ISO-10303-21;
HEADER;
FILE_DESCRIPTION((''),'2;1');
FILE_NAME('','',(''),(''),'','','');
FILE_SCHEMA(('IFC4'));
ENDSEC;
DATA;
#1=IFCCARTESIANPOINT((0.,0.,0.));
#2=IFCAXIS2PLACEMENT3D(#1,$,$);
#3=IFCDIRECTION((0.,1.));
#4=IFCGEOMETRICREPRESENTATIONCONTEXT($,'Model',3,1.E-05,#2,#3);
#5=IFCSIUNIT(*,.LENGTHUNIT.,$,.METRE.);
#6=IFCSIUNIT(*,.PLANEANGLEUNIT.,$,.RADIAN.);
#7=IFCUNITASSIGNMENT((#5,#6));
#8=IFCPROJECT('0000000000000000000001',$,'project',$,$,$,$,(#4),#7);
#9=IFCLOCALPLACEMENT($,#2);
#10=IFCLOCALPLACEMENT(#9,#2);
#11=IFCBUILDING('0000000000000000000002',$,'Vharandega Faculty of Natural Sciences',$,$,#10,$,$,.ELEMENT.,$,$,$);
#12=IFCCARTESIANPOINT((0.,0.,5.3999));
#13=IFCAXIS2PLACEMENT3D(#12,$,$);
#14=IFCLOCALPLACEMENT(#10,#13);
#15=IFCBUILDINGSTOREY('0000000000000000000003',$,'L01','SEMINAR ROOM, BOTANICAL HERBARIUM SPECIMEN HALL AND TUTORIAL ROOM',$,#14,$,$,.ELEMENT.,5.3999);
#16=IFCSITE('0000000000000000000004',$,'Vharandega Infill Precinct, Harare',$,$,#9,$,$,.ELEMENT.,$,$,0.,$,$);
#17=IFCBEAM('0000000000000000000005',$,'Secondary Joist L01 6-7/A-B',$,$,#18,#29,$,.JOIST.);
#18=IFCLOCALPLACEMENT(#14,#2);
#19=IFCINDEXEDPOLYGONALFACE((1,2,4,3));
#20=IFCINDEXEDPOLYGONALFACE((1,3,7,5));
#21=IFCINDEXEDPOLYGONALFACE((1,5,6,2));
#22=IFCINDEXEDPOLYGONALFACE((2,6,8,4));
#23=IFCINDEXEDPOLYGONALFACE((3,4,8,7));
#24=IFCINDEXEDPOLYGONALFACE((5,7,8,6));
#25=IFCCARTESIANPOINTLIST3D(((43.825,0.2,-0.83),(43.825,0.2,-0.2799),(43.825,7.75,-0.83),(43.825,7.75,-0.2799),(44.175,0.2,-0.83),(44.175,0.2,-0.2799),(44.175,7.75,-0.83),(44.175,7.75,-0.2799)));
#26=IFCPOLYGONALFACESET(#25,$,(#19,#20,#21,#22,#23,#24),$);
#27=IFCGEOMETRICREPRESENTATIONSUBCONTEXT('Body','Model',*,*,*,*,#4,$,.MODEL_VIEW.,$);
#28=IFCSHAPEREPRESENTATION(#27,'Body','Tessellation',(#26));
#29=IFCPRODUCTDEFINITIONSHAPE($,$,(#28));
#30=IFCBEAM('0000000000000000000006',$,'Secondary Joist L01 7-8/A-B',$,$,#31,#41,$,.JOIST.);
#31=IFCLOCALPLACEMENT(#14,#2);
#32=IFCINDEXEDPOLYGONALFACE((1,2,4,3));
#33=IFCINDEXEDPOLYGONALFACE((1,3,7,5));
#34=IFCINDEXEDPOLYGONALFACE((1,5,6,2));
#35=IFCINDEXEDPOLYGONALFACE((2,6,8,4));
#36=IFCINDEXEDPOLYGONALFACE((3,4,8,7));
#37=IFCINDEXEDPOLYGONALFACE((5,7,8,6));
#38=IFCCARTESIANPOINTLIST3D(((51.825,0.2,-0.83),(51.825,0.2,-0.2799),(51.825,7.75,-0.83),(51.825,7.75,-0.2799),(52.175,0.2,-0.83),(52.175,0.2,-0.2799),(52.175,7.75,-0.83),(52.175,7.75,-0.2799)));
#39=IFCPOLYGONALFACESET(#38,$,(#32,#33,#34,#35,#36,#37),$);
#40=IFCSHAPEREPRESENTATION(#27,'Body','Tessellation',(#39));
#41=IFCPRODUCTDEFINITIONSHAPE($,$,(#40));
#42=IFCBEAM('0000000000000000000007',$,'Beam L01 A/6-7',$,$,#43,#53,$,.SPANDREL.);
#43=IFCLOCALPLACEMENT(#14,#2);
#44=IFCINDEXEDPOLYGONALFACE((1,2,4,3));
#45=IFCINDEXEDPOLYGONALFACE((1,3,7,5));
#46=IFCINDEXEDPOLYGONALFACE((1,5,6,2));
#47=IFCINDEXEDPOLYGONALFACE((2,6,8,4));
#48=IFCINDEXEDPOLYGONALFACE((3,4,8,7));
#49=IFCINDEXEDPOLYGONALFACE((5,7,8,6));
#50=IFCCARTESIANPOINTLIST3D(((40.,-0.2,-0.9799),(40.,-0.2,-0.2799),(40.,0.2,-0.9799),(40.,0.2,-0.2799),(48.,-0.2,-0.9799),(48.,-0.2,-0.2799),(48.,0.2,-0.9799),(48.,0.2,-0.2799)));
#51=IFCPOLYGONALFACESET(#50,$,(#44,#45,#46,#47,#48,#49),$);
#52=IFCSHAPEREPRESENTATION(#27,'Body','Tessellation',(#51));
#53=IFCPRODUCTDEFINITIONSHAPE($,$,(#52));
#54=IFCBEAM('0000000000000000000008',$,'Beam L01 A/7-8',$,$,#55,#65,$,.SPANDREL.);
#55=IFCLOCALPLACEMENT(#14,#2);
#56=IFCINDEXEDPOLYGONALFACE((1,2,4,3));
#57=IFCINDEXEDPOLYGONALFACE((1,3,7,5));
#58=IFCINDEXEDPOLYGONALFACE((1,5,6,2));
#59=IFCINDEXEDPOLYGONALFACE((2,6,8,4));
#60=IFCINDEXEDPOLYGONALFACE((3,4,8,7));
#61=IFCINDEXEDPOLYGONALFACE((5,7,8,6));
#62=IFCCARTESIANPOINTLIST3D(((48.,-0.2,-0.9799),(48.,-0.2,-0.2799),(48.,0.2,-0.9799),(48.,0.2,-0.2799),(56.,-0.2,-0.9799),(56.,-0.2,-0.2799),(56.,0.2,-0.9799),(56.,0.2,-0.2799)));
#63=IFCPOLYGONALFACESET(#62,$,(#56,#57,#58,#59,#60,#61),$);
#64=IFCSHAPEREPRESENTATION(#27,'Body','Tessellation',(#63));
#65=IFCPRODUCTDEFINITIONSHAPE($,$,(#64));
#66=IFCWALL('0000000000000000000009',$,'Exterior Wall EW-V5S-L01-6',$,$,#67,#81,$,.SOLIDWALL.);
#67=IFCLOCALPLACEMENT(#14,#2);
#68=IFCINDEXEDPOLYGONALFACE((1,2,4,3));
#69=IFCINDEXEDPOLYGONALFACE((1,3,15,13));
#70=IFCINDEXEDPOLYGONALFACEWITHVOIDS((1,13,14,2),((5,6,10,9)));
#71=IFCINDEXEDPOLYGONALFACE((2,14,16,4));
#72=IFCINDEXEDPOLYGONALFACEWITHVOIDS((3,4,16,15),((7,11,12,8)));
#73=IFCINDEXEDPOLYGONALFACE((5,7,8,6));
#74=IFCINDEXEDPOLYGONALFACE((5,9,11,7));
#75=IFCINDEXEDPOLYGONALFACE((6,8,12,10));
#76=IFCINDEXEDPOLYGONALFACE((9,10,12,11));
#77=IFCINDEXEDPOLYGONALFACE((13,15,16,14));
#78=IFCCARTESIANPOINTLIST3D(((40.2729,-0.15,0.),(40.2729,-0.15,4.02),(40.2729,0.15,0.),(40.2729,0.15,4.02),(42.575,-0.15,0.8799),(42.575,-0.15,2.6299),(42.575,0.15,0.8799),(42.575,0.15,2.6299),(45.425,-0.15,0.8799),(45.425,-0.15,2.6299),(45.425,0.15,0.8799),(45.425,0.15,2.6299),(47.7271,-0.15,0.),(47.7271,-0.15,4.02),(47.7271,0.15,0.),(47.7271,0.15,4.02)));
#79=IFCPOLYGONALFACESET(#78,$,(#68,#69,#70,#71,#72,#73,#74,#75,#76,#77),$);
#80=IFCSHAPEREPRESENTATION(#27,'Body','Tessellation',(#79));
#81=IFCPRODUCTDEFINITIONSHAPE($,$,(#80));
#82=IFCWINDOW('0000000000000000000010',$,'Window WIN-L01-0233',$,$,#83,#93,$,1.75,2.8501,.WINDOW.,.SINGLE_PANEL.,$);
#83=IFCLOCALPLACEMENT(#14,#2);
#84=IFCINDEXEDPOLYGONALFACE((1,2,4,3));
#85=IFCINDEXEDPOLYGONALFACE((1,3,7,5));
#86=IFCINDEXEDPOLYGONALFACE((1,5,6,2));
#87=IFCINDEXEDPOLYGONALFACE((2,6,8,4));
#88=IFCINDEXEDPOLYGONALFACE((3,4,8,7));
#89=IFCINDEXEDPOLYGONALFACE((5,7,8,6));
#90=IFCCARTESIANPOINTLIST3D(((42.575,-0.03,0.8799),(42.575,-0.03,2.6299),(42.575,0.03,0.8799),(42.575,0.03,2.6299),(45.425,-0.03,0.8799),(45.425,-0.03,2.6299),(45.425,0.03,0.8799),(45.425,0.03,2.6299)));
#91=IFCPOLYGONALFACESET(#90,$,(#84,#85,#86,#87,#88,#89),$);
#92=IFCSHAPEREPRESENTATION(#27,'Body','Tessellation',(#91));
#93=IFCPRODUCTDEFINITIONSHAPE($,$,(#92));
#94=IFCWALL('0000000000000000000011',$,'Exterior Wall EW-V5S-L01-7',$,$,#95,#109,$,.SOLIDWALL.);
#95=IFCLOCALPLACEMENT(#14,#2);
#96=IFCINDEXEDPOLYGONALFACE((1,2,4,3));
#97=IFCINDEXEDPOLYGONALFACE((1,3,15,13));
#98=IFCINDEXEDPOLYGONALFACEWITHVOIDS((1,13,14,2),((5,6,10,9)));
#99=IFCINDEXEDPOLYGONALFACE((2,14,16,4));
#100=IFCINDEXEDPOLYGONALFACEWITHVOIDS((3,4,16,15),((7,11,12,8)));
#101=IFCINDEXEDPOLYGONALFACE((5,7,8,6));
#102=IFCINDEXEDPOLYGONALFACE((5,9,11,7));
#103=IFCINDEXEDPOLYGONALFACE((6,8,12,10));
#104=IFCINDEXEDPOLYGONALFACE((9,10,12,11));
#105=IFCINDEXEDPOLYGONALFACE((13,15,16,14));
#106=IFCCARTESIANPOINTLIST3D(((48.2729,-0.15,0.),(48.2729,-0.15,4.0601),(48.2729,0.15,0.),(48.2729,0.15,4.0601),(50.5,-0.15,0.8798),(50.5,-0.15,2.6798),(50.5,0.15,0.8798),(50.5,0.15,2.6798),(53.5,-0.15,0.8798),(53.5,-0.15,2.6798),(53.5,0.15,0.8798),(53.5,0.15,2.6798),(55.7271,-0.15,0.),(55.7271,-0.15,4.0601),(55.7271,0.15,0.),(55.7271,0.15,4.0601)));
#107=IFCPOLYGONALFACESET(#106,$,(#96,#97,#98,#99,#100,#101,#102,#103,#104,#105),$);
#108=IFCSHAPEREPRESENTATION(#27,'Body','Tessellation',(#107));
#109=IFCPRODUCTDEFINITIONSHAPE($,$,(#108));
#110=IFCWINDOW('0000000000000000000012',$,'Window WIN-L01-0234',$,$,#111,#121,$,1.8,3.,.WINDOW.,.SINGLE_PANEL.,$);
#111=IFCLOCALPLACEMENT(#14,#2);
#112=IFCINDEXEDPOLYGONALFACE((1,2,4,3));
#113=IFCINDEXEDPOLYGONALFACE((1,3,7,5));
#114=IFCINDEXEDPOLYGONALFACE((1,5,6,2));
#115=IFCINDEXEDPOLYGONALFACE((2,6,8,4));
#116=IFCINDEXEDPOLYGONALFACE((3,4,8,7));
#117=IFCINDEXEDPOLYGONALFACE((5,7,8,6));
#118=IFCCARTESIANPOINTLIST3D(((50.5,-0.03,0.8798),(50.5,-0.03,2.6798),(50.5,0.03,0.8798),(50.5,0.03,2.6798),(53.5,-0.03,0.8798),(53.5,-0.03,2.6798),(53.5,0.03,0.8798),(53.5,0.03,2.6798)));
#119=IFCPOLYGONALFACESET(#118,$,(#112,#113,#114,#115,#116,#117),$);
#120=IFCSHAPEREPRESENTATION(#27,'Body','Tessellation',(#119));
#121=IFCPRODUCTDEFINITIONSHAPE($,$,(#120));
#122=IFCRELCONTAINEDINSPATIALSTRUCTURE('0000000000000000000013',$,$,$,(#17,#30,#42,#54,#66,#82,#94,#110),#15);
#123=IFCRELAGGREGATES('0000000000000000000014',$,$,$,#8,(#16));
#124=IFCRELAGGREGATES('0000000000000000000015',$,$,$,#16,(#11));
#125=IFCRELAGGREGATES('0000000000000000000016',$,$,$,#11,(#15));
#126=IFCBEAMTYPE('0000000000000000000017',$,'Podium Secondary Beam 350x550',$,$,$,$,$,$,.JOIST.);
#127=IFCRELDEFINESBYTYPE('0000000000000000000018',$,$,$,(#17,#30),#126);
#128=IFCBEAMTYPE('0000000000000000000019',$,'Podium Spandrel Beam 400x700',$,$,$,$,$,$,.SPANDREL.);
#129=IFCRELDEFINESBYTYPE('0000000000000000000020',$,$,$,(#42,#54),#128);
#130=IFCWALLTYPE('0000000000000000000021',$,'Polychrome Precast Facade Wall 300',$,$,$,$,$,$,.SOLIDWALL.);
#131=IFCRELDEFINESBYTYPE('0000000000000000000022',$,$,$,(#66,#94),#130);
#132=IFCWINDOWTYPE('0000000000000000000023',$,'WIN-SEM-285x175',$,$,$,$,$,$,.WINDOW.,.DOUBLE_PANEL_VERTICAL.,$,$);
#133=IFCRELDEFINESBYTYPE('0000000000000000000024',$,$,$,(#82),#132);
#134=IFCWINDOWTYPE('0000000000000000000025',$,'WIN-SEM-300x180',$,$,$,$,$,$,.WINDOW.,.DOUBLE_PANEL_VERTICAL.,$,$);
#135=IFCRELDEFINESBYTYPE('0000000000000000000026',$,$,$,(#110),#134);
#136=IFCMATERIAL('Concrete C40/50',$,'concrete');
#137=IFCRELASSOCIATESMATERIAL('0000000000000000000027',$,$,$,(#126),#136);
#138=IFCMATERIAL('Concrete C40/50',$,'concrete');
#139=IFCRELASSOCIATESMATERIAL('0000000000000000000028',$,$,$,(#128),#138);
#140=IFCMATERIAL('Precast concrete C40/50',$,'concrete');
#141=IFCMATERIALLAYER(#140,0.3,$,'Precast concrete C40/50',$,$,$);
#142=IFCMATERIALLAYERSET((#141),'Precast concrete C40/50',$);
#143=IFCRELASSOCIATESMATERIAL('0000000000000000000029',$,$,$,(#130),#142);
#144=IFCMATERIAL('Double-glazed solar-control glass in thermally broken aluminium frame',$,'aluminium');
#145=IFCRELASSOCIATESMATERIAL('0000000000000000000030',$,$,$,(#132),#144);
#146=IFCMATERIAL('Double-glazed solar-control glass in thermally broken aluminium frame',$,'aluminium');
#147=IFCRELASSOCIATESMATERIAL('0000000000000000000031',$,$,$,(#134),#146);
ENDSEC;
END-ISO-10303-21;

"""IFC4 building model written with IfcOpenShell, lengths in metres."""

from ifc_helpers import new_model, si_unit, direction, frame, frame_2d, origin, origin_2d, place, context, subcontext, project, spatial, rectangle, extrude, material, layer, layer_set, material_profile, profile_set, type_object, element, fill, save


model = new_model("IFC4")

# Units and contexts
model_context = context("Model", 3, precision=1e-05, world=origin(), true_north=direction((0.0, 1.0)))
body_context = subcontext(model_context, "Body", "Model", "MODEL_VIEW")
ifc_project = project(units=[si_unit("LENGTHUNIT", "METRE"), si_unit("PLANEANGLEUNIT", "RADIAN")], contexts=[model_context])

# Site, building, storey
site_placement = place(None, origin())
site = spatial("IfcSite", under=ifc_project, at=site_placement, Name="Vharandega Infill Precinct, Harare", CompositionType="ELEMENT", RefElevation=0.0)
building_placement = place(site_placement, origin())
building = spatial("IfcBuilding", under=site, at=building_placement, Name="Vharandega Faculty of Natural Sciences", CompositionType="ELEMENT")
storey_placement = place(building_placement, frame((0.0, 0.0, 5.3999)))
storey = spatial("IfcBuildingStorey", under=building, at=storey_placement, Name="L01", Description="SEMINAR ROOM, BOTANICAL HERBARIUM SPECIMEN HALL AND TUTORIAL ROOM", CompositionType="ELEMENT", Elevation=5.3999)

# Beams
ifc_material_1 = material(Name="Concrete C40/50", Category="concrete")
ifc_material_profile_1 = material_profile(ifc_material_1, rectangle(XDim=0.3501, YDim=0.55, at=origin_2d()), Name="RC 350x550")
ifc_profile_set_1 = profile_set([ifc_material_profile_1], Name="Concrete C40/50")
beam_type_1 = type_object("IfcBeamType", Name="Podium Secondary Beam 350x550", PredefinedType="JOIST", material=ifc_profile_set_1)
for number, where, z_axis, x_axis, name in (
    (1, (44.0, 0.2, -0.5549), (0.0, 1.0, 0.0), (-1.0, 0.0, 0.0), "Secondary Joist L01 6-7/A-B"),
    (2, (52.0, 0.2, -0.5549), (0.0, 1.0, 0.0), (-1.0, 0.0, 0.0), "Secondary Joist L01 7-8/A-B"),
):
    element("IfcBeam", number, at=place(storey_placement, frame(where, z_axis=z_axis, x_axis=x_axis)), inside=storey, type_object=beam_type_1, Name=name, PredefinedType="JOIST", context=body_context, shape_type="SweptSolid", body=[
        extrude(rectangle(XDim=0.3501, YDim=0.55, at=origin_2d()), origin(), (0.0, 0.0, 1.0), 7.55),
    ])
ifc_material_2 = material(Name="Concrete C40/50", Category="concrete")
ifc_material_profile_2 = material_profile(ifc_material_2, rectangle(XDim=0.3999, YDim=0.7, at=origin_2d()), Name="RC 400x700")
ifc_profile_set_2 = profile_set([ifc_material_profile_2], Name="Concrete C40/50")
beam_type_2 = type_object("IfcBeamType", Name="Podium Spandrel Beam 400x700", PredefinedType="SPANDREL", material=ifc_profile_set_2)
for number, where, z_axis, x_axis, name in (
    (3, (40.0, 0.0, -0.6299), (1.0, 0.0, 0.0), (0.0, 1.0, 0.0), "Beam L01 A/6-7"),
    (4, (48.0, 0.0, -0.6299), (1.0, 0.0, 0.0), (0.0, 1.0, 0.0), "Beam L01 A/7-8"),
):
    element("IfcBeam", number, at=place(storey_placement, frame(where, z_axis=z_axis, x_axis=x_axis)), inside=storey, type_object=beam_type_2, Name=name, PredefinedType="SPANDREL", context=body_context, shape_type="SweptSolid", body=[
        extrude(rectangle(XDim=0.3999, YDim=0.7, at=origin_2d()), origin(), (0.0, 0.0, 1.0), 8.0),
    ])

# Walls, openings, windows
ifc_material_3 = material(Name="Precast concrete C40/50", Category="concrete")
ifc_layer = layer(ifc_material_3, 0.3, Name="Precast concrete C40/50")
ifc_layer_set = layer_set([ifc_layer], Name="Precast concrete C40/50")
wall_type = type_object("IfcWallType", Name="Polychrome Precast Facade Wall 300", PredefinedType="SOLIDWALL", material=ifc_layer_set)
wall_1_placement = place(storey_placement, frame((47.7271, 0.0, 0.0), z_axis=(0.0, 0.0, 1.0), x_axis=(-1.0, 0.0, 0.0)))
wall_1 = element("IfcWall", 5, at=wall_1_placement, inside=storey, type_object=wall_type, Name="Exterior Wall EW-V5S-L01-6", PredefinedType="SOLIDWALL", context=body_context, shape_type="SweptSolid", body=[
    extrude(rectangle(XDim=7.4541, YDim=0.3, at=frame_2d((3.7271, 0.0))), origin(), (0.0, 0.0, 1.0), 4.02),
])
opening_1_placement = place(wall_1_placement, frame((2.302, 0.0, 0.8799)))
opening_1 = element("IfcOpeningElement", 6, at=opening_1_placement, cuts=wall_1, PredefinedType="OPENING", context=body_context, shape_type="SweptSolid", body=[
    extrude(rectangle(XDim=2.8501, YDim=1.75, at=frame_2d((1.425, 0.875))), frame((0.0, 0.1602, 0.0), z_axis=(0.0, -1.0, 0.0), x_axis=(1.0, 0.0, 0.0)), (0.0, 0.0, 1.0), 0.3201),
])
ifc_material_4 = material(Name="Double-glazed solar-control glass in thermally broken aluminium frame", Category="aluminium")
window_type_1 = type_object("IfcWindowType", Name="WIN-SEM-285x175", PartitioningType="DOUBLE_PANEL_VERTICAL", PredefinedType="WINDOW", material=ifc_material_4)
window_1_placement = place(opening_1_placement, origin())
window_1 = element("IfcWindow", 7, at=window_1_placement, inside=storey, type_object=window_type_1, Name="Window WIN-L01-0233", OverallHeight=1.75, OverallWidth=2.8501, PartitioningType="SINGLE_PANEL", PredefinedType="WINDOW", context=body_context, shape_type="SweptSolid", body=[
    extrude(rectangle(XDim=2.8501, YDim=1.75, at=frame_2d((1.425, 0.875))), frame((0.0, 0.03, 0.0), z_axis=(0.0, -1.0, 0.0), x_axis=(1.0, 0.0, 0.0)), (0.0, 0.0, 1.0), 0.0601),
])
fill(opening_1, window_1)
wall_2_placement = place(storey_placement, frame((55.7271, 0.0, 0.0), z_axis=(0.0, 0.0, 1.0), x_axis=(-1.0, 0.0, 0.0)))
wall_2 = element("IfcWall", 8, at=wall_2_placement, inside=storey, type_object=wall_type, Name="Exterior Wall EW-V5S-L01-7", PredefinedType="SOLIDWALL", context=body_context, shape_type="SweptSolid", body=[
    extrude(rectangle(XDim=7.4541, YDim=0.3, at=frame_2d((3.7271, 0.0))), origin(), (0.0, 0.0, 1.0), 4.0601),
])
opening_2_placement = place(wall_2_placement, frame((2.2271, 0.0, 0.8799)))
opening_2 = element("IfcOpeningElement", 9, at=opening_2_placement, cuts=wall_2, PredefinedType="OPENING", context=body_context, shape_type="SweptSolid", body=[
    extrude(rectangle(XDim=3.0, YDim=1.8, at=frame_2d((1.5, 0.8999))), frame((0.0, 0.1602, 0.0), z_axis=(0.0, -1.0, 0.0), x_axis=(1.0, 0.0, 0.0)), (0.0, 0.0, 1.0), 0.3201),
])
ifc_material_5 = material(Name="Double-glazed solar-control glass in thermally broken aluminium frame", Category="aluminium")
window_type_2 = type_object("IfcWindowType", Name="WIN-SEM-300x180", PartitioningType="DOUBLE_PANEL_VERTICAL", PredefinedType="WINDOW", material=ifc_material_5)
window_2_placement = place(opening_2_placement, origin())
window_2 = element("IfcWindow", 10, at=window_2_placement, inside=storey, type_object=window_type_2, Name="Window WIN-L01-0234", OverallHeight=1.8, OverallWidth=3.0, PartitioningType="SINGLE_PANEL", PredefinedType="WINDOW", context=body_context, shape_type="SweptSolid", body=[
    extrude(rectangle(XDim=3.0, YDim=1.8, at=frame_2d((1.5, 0.8999))), frame((0.0, 0.03, 0.0), z_axis=(0.0, -1.0, 0.0), x_axis=(1.0, 0.0, 0.0)), (0.0, 0.0, 1.0), 0.0601),
])
fill(opening_2, window_2)

save(model, "model.ifc")
